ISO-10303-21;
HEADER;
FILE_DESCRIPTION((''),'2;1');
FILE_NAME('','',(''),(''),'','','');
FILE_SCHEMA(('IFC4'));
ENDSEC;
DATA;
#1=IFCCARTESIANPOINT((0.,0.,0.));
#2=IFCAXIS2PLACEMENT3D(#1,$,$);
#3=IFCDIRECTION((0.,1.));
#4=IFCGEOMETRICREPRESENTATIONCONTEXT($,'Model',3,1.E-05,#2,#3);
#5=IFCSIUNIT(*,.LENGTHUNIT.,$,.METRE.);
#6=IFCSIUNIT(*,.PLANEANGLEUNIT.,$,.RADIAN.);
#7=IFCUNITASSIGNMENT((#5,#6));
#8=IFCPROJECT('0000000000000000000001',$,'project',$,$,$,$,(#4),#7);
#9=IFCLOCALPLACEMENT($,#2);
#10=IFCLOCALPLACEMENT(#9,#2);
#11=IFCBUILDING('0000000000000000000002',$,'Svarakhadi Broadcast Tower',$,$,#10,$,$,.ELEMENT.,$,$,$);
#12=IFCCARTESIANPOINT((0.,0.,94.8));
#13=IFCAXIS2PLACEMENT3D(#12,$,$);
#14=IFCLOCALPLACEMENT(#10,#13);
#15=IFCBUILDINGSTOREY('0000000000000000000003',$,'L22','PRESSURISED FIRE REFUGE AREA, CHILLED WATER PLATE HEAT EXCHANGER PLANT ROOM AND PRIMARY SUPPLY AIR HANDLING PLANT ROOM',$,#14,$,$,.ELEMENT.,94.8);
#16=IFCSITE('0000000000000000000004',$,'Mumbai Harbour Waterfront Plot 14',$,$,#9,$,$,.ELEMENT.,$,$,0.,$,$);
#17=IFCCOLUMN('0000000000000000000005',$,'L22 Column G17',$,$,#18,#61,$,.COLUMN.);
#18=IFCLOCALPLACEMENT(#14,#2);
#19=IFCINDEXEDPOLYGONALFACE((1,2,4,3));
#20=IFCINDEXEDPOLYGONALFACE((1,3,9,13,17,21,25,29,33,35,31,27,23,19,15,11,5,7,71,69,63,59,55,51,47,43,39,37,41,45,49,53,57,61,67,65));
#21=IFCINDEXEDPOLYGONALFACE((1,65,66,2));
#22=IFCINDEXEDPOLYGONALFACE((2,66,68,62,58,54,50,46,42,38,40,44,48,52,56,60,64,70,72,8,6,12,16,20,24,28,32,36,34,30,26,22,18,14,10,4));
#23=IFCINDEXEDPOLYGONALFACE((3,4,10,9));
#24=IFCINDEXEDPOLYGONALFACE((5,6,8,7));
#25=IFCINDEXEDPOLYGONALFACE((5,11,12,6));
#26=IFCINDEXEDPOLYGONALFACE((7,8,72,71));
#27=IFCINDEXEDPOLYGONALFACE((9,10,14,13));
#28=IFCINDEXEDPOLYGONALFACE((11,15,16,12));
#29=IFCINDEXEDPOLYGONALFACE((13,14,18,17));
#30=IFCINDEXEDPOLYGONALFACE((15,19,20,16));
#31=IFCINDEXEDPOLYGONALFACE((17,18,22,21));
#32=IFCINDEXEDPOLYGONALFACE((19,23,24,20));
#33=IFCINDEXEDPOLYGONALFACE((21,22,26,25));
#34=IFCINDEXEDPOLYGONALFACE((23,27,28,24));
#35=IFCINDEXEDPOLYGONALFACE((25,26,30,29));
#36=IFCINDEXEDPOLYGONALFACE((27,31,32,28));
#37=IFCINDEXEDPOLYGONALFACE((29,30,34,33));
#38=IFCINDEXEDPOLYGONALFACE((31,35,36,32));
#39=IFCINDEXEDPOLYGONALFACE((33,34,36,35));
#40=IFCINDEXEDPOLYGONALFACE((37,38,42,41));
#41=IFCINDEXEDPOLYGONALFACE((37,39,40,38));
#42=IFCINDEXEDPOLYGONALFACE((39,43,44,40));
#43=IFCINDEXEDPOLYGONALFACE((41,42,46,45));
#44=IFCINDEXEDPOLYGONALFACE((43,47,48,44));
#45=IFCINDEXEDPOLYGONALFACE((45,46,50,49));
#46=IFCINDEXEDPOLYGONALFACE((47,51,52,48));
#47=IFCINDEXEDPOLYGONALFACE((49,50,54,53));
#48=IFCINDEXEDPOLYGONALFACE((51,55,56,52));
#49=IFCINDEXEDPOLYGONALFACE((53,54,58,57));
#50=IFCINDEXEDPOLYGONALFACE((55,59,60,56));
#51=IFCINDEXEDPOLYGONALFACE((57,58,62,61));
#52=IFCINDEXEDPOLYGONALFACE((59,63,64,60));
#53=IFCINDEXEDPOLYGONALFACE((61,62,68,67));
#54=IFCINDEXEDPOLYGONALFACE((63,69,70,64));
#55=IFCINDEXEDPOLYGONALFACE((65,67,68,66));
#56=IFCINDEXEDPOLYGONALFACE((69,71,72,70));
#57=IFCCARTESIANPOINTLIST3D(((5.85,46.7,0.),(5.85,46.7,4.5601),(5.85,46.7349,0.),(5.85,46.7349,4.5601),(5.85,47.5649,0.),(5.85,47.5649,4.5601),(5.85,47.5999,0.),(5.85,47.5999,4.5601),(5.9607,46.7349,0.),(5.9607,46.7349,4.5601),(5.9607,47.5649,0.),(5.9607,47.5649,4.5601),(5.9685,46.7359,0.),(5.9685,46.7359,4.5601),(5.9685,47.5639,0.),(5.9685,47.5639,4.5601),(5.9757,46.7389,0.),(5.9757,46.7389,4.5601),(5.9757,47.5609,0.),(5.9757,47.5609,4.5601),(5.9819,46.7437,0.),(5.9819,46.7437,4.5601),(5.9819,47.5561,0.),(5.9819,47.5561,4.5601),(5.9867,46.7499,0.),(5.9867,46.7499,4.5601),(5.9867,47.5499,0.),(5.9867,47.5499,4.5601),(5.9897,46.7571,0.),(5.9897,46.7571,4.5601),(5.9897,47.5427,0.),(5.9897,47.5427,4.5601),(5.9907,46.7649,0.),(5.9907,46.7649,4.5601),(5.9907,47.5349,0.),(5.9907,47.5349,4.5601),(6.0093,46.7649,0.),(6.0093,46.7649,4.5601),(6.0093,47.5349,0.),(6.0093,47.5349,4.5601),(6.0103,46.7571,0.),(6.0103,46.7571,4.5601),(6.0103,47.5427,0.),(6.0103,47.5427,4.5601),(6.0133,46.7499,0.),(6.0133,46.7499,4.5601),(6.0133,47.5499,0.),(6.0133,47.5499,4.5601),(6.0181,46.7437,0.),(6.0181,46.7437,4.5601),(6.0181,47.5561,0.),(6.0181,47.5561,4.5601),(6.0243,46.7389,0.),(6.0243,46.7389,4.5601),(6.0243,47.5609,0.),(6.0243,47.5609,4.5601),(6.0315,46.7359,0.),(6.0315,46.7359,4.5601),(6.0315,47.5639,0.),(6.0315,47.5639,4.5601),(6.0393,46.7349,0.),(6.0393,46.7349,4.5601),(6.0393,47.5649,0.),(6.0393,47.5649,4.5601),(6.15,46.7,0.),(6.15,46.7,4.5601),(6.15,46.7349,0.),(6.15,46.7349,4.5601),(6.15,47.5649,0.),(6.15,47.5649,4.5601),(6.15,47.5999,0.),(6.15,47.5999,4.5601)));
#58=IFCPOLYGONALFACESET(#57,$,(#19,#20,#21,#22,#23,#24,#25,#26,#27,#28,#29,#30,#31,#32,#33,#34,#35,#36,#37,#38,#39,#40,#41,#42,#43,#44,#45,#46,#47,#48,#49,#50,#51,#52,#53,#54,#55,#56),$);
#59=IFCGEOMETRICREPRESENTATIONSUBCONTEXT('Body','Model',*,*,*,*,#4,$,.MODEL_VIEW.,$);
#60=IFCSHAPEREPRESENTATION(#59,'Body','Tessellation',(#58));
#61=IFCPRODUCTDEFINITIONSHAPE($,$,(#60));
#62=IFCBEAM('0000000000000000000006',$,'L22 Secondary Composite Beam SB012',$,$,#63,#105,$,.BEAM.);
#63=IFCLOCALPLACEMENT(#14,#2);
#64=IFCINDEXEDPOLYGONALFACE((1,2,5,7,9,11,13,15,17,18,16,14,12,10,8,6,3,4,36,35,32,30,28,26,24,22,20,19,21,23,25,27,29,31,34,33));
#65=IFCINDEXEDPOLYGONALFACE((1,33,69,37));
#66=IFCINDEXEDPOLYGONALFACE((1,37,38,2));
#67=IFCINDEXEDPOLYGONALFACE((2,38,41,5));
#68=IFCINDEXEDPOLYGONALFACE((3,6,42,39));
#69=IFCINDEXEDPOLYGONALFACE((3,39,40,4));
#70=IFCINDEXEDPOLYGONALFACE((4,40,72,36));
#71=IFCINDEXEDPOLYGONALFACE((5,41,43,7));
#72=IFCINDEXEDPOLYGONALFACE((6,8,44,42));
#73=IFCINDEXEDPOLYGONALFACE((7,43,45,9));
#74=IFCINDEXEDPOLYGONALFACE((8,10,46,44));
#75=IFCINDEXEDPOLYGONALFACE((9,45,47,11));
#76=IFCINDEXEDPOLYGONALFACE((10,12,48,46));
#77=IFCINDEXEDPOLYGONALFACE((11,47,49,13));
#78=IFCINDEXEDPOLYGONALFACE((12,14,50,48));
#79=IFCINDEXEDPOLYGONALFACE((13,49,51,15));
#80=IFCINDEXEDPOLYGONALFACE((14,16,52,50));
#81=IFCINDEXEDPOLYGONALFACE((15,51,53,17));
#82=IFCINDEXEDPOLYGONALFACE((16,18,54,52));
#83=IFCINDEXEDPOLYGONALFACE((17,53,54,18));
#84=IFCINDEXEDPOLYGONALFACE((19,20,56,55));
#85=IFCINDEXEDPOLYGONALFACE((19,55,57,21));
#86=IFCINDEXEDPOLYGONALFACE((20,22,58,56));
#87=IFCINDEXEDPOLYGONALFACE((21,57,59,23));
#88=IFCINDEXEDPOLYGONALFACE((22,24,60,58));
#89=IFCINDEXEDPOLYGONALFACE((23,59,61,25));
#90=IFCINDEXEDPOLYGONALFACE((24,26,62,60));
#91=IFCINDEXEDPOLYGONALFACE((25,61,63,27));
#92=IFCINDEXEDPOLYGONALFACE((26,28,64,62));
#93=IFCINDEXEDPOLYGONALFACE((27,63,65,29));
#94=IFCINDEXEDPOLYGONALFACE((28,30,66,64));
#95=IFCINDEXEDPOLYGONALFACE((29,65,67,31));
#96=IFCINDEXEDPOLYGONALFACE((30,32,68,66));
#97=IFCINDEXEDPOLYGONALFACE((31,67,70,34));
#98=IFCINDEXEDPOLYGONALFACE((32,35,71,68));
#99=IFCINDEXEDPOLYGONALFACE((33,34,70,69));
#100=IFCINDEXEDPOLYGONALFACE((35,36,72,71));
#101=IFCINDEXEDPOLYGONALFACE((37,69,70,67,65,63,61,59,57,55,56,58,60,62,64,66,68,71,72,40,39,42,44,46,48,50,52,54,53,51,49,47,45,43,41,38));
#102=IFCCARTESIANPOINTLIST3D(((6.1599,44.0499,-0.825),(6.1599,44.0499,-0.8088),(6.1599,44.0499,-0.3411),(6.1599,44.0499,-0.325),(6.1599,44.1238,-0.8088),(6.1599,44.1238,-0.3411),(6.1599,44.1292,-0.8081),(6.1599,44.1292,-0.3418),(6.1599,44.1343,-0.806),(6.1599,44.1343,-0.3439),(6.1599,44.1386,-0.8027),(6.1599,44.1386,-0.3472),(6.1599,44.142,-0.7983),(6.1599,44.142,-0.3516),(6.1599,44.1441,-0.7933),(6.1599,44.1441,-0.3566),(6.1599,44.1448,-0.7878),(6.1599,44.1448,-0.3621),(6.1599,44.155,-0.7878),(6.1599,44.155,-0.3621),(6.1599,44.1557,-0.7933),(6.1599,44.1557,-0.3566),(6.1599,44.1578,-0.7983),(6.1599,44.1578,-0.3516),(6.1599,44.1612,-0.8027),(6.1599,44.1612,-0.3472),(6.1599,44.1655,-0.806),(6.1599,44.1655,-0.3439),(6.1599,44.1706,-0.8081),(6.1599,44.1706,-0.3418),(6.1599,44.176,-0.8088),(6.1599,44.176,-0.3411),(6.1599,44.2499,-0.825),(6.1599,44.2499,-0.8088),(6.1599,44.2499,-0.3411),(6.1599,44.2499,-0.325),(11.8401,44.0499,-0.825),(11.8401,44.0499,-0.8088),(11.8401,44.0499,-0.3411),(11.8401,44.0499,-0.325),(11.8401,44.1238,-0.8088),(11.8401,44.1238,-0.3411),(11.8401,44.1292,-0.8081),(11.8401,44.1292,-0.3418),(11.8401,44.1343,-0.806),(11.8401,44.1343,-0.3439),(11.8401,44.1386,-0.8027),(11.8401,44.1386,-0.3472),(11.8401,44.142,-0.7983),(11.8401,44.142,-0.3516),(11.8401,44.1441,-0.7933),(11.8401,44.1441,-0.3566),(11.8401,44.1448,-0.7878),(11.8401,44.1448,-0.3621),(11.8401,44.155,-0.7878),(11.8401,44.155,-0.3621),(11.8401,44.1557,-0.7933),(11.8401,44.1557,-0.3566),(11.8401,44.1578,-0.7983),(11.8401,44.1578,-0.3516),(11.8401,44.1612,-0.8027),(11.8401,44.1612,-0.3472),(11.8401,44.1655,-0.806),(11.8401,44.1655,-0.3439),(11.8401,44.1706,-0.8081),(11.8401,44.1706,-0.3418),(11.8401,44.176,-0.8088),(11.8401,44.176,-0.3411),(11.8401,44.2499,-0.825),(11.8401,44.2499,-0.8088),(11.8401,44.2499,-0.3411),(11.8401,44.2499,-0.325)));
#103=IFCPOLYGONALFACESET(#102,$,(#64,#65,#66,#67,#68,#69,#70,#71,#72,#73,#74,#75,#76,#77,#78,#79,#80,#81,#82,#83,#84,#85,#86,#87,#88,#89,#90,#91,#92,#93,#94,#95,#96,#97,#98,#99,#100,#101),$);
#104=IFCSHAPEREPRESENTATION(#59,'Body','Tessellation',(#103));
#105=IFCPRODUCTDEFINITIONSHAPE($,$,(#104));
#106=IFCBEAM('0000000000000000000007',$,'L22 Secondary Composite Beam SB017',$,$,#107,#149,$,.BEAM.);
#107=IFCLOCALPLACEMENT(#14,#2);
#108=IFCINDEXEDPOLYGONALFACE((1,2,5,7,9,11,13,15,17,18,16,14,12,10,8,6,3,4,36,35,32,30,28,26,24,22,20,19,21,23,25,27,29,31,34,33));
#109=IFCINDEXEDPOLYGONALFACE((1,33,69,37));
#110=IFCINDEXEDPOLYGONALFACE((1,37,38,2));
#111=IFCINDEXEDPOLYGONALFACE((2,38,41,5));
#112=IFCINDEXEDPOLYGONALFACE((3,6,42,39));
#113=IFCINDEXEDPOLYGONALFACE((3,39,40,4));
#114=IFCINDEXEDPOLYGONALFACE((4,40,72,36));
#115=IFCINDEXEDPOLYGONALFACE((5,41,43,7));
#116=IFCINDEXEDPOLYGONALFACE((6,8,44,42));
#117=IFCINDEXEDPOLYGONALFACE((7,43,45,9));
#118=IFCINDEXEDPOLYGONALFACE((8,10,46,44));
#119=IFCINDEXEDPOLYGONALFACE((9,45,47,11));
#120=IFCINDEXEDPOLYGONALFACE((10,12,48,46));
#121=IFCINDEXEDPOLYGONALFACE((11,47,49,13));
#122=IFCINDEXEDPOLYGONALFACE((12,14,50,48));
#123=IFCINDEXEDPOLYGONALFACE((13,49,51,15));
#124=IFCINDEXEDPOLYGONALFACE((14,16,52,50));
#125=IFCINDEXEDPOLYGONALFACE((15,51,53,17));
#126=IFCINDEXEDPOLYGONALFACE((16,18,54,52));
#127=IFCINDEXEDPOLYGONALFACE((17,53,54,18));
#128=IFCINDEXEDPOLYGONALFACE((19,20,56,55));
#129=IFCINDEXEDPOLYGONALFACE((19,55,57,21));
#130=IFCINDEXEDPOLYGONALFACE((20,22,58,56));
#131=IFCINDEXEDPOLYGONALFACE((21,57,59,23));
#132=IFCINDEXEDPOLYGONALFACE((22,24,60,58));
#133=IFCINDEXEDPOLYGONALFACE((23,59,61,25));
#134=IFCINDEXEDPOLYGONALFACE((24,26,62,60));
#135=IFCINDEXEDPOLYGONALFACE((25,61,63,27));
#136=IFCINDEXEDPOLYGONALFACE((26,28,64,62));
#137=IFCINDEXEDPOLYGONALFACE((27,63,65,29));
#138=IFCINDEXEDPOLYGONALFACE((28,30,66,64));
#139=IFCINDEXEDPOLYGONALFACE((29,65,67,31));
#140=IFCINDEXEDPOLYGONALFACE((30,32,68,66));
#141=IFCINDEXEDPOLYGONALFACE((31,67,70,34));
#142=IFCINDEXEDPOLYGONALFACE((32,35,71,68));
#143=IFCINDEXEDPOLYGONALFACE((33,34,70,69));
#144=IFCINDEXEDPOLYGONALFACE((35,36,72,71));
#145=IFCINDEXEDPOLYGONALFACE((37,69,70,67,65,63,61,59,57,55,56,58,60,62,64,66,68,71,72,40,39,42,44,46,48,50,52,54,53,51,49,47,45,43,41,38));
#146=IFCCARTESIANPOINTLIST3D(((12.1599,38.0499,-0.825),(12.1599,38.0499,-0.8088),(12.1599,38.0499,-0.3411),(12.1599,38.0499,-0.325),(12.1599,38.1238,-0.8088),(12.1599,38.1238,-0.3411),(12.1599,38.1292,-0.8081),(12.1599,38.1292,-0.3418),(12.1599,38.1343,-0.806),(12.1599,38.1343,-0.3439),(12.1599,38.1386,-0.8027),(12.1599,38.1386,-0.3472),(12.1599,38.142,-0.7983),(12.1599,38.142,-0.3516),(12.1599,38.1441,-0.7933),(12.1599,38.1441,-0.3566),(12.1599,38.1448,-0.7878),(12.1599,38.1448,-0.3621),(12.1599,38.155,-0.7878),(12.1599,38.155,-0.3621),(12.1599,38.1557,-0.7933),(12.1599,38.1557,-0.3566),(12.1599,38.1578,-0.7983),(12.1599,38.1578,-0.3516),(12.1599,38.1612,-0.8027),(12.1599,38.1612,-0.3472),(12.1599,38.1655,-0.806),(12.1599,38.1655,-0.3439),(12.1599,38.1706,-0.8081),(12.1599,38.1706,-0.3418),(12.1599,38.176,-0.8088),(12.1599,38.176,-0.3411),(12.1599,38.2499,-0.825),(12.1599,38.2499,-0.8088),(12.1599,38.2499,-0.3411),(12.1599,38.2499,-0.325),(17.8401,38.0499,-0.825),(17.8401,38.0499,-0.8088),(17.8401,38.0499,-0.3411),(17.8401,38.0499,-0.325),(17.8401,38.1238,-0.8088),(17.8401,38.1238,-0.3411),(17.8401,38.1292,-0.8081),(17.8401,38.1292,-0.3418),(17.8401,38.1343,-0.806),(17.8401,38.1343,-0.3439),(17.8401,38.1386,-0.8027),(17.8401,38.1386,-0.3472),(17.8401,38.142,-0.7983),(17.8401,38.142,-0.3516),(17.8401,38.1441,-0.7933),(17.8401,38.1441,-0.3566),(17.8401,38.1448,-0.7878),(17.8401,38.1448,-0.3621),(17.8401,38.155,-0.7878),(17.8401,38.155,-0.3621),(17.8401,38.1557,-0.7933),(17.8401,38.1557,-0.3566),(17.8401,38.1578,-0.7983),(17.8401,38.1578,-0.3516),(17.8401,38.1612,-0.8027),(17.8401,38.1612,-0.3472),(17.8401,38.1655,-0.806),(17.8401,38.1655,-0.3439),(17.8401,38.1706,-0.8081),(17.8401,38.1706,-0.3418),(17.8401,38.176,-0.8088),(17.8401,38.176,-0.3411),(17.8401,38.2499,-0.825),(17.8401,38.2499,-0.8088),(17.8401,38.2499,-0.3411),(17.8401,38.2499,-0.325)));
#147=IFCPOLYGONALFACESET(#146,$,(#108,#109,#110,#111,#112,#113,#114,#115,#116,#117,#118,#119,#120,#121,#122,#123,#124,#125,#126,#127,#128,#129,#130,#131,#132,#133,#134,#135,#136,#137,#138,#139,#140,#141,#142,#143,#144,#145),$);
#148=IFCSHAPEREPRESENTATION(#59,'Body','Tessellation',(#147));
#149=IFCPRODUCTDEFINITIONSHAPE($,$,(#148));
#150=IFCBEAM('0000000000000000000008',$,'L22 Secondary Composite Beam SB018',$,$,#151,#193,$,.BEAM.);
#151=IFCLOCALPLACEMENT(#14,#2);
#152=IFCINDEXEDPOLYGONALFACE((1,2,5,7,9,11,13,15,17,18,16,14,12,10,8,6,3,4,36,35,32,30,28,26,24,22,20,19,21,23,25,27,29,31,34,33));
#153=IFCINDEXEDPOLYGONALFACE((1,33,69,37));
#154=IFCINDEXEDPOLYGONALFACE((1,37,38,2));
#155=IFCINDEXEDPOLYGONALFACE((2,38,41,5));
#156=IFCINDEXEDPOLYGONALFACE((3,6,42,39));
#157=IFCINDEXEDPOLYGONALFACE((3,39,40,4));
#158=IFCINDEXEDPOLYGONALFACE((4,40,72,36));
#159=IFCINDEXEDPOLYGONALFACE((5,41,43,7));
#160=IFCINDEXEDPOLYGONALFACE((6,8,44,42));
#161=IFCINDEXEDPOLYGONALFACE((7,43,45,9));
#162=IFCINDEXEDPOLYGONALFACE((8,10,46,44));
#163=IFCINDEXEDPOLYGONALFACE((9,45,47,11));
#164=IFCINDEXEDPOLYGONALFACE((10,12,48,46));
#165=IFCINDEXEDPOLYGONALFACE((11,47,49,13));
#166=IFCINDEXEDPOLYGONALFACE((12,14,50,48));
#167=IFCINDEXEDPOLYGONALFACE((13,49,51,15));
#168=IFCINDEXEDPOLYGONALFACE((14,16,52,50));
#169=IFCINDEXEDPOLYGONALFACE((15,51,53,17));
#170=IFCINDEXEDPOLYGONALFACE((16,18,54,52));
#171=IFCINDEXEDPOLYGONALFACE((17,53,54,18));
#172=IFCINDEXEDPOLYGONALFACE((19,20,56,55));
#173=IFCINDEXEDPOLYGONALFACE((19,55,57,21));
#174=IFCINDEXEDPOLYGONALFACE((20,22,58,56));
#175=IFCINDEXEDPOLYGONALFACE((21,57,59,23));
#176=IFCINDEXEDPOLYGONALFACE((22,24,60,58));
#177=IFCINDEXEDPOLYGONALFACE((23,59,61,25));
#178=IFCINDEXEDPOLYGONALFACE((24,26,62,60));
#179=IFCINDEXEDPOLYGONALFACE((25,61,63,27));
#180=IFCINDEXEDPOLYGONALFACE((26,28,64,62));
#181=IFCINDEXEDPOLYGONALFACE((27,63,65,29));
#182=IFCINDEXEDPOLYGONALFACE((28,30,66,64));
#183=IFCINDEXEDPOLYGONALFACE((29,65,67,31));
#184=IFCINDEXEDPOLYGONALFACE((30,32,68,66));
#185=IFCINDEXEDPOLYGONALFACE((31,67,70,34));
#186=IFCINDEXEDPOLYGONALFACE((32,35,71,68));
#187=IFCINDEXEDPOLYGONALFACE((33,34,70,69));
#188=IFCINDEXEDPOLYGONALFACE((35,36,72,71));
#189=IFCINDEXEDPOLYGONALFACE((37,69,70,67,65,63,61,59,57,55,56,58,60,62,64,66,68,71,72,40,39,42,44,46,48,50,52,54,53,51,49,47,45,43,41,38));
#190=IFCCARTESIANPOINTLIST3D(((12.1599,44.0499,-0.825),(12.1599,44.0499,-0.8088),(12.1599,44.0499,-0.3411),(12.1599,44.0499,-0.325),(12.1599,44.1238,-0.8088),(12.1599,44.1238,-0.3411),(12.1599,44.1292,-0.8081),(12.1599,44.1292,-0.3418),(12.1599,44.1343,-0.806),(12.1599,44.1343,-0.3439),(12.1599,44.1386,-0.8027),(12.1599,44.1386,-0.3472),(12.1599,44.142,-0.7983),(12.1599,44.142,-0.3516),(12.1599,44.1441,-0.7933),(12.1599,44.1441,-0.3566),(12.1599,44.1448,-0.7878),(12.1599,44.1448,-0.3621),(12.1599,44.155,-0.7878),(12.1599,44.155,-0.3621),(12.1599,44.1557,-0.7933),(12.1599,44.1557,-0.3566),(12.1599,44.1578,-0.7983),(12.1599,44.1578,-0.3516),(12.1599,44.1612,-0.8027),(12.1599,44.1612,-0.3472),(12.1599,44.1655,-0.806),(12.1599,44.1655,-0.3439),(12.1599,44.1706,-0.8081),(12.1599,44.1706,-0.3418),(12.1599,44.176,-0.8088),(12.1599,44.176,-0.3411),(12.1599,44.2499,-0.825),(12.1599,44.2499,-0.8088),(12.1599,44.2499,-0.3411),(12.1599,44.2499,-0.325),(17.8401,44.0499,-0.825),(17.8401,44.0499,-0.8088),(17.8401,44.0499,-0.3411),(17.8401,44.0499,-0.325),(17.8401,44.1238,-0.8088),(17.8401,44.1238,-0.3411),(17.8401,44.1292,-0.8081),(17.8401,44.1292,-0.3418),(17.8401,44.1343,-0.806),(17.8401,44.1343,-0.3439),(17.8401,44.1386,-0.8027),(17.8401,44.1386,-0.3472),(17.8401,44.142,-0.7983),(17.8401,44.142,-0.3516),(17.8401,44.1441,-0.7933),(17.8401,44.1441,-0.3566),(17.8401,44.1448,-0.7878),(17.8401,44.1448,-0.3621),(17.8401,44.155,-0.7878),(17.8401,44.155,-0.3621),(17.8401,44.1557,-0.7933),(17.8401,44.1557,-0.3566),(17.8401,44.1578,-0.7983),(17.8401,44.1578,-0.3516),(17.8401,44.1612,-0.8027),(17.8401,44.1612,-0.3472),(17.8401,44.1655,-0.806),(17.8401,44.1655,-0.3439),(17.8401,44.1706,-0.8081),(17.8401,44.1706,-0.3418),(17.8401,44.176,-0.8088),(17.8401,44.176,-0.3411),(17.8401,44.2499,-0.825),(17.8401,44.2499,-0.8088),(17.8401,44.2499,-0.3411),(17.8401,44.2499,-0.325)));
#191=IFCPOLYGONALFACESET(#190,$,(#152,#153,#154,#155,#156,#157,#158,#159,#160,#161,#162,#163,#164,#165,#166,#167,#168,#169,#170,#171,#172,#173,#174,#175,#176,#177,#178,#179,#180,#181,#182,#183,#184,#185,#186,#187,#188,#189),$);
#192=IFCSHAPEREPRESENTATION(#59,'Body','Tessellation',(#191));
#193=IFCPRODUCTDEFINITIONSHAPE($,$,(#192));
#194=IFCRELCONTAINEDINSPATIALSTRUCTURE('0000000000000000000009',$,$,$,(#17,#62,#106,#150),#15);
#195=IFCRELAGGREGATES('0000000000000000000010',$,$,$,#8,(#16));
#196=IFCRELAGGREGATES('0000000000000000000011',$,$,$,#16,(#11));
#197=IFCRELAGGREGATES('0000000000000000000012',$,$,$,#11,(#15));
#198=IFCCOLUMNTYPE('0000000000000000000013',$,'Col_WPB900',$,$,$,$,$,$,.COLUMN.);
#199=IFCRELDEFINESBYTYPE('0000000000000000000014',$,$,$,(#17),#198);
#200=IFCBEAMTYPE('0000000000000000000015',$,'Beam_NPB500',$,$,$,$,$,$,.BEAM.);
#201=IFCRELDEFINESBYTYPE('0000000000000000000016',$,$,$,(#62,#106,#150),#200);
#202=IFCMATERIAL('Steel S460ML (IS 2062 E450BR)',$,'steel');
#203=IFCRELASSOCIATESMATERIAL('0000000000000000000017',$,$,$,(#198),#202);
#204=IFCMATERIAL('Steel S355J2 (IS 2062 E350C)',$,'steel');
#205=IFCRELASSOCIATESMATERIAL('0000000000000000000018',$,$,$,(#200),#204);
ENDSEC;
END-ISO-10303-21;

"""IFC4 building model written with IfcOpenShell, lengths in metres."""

from ifc_helpers import new_model, si_unit, direction, frame, origin, origin_2d, place, context, subcontext, project, spatial, i_section, extrude, material, material_profile, profile_set, type_object, element, save


model = new_model("IFC4")

# Units and contexts
model_context = context("Model", 3, precision=1e-05, world=origin(), true_north=direction((0.0, 1.0)))
body_context = subcontext(model_context, "Body", "Model", "MODEL_VIEW")
ifc_project = project(units=[si_unit("LENGTHUNIT", "METRE"), si_unit("PLANEANGLEUNIT", "RADIAN")], contexts=[model_context])

# Site, building, storey
site_placement = place(None, origin())
site = spatial("IfcSite", under=ifc_project, at=site_placement, Name="Mumbai Harbour Waterfront Plot 14", CompositionType="ELEMENT", RefElevation=0.0)
building_placement = place(site_placement, origin())
building = spatial("IfcBuilding", under=site, at=building_placement, Name="Svarakhadi Broadcast Tower", CompositionType="ELEMENT")
storey_placement = place(building_placement, frame((0.0, 0.0, 94.8)))
storey = spatial("IfcBuildingStorey", under=building, at=storey_placement, Name="L22", Description="PRESSURISED FIRE REFUGE AREA, CHILLED WATER PLATE HEAT EXCHANGER PLANT ROOM AND PRIMARY SUPPLY AIR HANDLING PLANT ROOM", CompositionType="ELEMENT", Elevation=94.8)

# Column
ifc_material_1 = material(Name="Steel S460ML (IS 2062 E450BR)", Category="steel")
ifc_material_profile_1 = material_profile(ifc_material_1, i_section(OverallWidth=0.3, OverallDepth=0.8999, WebThickness=0.0186, FlangeThickness=0.0349, FilletRadius=0.03, at=origin_2d()), Name="WPB 900x300x291")
ifc_profile_set_1 = profile_set([ifc_material_profile_1], Name="Steel S460ML (IS 2062 E450BR)")
column_type_1 = type_object("IfcColumnType", Name="Col_WPB900", PredefinedType="COLUMN", material=ifc_profile_set_1)
column_1_placement = place(storey_placement, frame((6.0, 47.1499, 0.0), z_axis=(0.0, 0.0, 1.0), x_axis=(1.0, 0.0, 0.0)))
element("IfcColumn", 1, at=column_1_placement, inside=storey, type_object=column_type_1, Name="L22 Column G17", PredefinedType="COLUMN", context=body_context, shape_type="SweptSolid", body=[
    extrude(i_section(OverallWidth=0.3, OverallDepth=0.8999, WebThickness=0.0186, FlangeThickness=0.0349, FilletRadius=0.03, at=origin_2d()), origin(), (0.0, 0.0, 1.0), 4.5601),
])

# Beams
ifc_material_2 = material(Name="Steel S355J2 (IS 2062 E350C)", Category="steel")
ifc_material_profile_2 = material_profile(ifc_material_2, i_section(OverallWidth=0.2, OverallDepth=0.5, WebThickness=0.0103, FlangeThickness=0.0161, FilletRadius=0.021, at=origin_2d()), Name="NPB 500x200x91")
ifc_profile_set_2 = profile_set([ifc_material_profile_2], Name="Steel S355J2 (IS 2062 E350C)")
beam_type_1 = type_object("IfcBeamType", Name="Beam_NPB500", PredefinedType="BEAM", material=ifc_profile_set_2)
for number, where, z_axis, x_axis, name in (
    (2, (6.1599, 44.1499, -0.575), (1.0, 0.0, 0.0), (0.0, 1.0, 0.0), "L22 Secondary Composite Beam SB012"),
    (3, (12.1599, 38.1499, -0.575), (1.0, 0.0, 0.0), (0.0, 1.0, 0.0), "L22 Secondary Composite Beam SB017"),
    (4, (12.1599, 44.1499, -0.575), (1.0, 0.0, 0.0), (0.0, 1.0, 0.0), "L22 Secondary Composite Beam SB018"),
):
    element("IfcBeam", number, at=place(storey_placement, frame(where, z_axis=z_axis, x_axis=x_axis)), inside=storey, type_object=beam_type_1, Name=name, PredefinedType="BEAM", context=body_context, shape_type="SweptSolid", body=[
        extrude(i_section(OverallWidth=0.2, OverallDepth=0.5, WebThickness=0.0103, FlangeThickness=0.0161, FilletRadius=0.021, at=origin_2d()), origin(), (0.0, 0.0, 1.0), 5.6802),
    ])

save(model, "model.ifc")
